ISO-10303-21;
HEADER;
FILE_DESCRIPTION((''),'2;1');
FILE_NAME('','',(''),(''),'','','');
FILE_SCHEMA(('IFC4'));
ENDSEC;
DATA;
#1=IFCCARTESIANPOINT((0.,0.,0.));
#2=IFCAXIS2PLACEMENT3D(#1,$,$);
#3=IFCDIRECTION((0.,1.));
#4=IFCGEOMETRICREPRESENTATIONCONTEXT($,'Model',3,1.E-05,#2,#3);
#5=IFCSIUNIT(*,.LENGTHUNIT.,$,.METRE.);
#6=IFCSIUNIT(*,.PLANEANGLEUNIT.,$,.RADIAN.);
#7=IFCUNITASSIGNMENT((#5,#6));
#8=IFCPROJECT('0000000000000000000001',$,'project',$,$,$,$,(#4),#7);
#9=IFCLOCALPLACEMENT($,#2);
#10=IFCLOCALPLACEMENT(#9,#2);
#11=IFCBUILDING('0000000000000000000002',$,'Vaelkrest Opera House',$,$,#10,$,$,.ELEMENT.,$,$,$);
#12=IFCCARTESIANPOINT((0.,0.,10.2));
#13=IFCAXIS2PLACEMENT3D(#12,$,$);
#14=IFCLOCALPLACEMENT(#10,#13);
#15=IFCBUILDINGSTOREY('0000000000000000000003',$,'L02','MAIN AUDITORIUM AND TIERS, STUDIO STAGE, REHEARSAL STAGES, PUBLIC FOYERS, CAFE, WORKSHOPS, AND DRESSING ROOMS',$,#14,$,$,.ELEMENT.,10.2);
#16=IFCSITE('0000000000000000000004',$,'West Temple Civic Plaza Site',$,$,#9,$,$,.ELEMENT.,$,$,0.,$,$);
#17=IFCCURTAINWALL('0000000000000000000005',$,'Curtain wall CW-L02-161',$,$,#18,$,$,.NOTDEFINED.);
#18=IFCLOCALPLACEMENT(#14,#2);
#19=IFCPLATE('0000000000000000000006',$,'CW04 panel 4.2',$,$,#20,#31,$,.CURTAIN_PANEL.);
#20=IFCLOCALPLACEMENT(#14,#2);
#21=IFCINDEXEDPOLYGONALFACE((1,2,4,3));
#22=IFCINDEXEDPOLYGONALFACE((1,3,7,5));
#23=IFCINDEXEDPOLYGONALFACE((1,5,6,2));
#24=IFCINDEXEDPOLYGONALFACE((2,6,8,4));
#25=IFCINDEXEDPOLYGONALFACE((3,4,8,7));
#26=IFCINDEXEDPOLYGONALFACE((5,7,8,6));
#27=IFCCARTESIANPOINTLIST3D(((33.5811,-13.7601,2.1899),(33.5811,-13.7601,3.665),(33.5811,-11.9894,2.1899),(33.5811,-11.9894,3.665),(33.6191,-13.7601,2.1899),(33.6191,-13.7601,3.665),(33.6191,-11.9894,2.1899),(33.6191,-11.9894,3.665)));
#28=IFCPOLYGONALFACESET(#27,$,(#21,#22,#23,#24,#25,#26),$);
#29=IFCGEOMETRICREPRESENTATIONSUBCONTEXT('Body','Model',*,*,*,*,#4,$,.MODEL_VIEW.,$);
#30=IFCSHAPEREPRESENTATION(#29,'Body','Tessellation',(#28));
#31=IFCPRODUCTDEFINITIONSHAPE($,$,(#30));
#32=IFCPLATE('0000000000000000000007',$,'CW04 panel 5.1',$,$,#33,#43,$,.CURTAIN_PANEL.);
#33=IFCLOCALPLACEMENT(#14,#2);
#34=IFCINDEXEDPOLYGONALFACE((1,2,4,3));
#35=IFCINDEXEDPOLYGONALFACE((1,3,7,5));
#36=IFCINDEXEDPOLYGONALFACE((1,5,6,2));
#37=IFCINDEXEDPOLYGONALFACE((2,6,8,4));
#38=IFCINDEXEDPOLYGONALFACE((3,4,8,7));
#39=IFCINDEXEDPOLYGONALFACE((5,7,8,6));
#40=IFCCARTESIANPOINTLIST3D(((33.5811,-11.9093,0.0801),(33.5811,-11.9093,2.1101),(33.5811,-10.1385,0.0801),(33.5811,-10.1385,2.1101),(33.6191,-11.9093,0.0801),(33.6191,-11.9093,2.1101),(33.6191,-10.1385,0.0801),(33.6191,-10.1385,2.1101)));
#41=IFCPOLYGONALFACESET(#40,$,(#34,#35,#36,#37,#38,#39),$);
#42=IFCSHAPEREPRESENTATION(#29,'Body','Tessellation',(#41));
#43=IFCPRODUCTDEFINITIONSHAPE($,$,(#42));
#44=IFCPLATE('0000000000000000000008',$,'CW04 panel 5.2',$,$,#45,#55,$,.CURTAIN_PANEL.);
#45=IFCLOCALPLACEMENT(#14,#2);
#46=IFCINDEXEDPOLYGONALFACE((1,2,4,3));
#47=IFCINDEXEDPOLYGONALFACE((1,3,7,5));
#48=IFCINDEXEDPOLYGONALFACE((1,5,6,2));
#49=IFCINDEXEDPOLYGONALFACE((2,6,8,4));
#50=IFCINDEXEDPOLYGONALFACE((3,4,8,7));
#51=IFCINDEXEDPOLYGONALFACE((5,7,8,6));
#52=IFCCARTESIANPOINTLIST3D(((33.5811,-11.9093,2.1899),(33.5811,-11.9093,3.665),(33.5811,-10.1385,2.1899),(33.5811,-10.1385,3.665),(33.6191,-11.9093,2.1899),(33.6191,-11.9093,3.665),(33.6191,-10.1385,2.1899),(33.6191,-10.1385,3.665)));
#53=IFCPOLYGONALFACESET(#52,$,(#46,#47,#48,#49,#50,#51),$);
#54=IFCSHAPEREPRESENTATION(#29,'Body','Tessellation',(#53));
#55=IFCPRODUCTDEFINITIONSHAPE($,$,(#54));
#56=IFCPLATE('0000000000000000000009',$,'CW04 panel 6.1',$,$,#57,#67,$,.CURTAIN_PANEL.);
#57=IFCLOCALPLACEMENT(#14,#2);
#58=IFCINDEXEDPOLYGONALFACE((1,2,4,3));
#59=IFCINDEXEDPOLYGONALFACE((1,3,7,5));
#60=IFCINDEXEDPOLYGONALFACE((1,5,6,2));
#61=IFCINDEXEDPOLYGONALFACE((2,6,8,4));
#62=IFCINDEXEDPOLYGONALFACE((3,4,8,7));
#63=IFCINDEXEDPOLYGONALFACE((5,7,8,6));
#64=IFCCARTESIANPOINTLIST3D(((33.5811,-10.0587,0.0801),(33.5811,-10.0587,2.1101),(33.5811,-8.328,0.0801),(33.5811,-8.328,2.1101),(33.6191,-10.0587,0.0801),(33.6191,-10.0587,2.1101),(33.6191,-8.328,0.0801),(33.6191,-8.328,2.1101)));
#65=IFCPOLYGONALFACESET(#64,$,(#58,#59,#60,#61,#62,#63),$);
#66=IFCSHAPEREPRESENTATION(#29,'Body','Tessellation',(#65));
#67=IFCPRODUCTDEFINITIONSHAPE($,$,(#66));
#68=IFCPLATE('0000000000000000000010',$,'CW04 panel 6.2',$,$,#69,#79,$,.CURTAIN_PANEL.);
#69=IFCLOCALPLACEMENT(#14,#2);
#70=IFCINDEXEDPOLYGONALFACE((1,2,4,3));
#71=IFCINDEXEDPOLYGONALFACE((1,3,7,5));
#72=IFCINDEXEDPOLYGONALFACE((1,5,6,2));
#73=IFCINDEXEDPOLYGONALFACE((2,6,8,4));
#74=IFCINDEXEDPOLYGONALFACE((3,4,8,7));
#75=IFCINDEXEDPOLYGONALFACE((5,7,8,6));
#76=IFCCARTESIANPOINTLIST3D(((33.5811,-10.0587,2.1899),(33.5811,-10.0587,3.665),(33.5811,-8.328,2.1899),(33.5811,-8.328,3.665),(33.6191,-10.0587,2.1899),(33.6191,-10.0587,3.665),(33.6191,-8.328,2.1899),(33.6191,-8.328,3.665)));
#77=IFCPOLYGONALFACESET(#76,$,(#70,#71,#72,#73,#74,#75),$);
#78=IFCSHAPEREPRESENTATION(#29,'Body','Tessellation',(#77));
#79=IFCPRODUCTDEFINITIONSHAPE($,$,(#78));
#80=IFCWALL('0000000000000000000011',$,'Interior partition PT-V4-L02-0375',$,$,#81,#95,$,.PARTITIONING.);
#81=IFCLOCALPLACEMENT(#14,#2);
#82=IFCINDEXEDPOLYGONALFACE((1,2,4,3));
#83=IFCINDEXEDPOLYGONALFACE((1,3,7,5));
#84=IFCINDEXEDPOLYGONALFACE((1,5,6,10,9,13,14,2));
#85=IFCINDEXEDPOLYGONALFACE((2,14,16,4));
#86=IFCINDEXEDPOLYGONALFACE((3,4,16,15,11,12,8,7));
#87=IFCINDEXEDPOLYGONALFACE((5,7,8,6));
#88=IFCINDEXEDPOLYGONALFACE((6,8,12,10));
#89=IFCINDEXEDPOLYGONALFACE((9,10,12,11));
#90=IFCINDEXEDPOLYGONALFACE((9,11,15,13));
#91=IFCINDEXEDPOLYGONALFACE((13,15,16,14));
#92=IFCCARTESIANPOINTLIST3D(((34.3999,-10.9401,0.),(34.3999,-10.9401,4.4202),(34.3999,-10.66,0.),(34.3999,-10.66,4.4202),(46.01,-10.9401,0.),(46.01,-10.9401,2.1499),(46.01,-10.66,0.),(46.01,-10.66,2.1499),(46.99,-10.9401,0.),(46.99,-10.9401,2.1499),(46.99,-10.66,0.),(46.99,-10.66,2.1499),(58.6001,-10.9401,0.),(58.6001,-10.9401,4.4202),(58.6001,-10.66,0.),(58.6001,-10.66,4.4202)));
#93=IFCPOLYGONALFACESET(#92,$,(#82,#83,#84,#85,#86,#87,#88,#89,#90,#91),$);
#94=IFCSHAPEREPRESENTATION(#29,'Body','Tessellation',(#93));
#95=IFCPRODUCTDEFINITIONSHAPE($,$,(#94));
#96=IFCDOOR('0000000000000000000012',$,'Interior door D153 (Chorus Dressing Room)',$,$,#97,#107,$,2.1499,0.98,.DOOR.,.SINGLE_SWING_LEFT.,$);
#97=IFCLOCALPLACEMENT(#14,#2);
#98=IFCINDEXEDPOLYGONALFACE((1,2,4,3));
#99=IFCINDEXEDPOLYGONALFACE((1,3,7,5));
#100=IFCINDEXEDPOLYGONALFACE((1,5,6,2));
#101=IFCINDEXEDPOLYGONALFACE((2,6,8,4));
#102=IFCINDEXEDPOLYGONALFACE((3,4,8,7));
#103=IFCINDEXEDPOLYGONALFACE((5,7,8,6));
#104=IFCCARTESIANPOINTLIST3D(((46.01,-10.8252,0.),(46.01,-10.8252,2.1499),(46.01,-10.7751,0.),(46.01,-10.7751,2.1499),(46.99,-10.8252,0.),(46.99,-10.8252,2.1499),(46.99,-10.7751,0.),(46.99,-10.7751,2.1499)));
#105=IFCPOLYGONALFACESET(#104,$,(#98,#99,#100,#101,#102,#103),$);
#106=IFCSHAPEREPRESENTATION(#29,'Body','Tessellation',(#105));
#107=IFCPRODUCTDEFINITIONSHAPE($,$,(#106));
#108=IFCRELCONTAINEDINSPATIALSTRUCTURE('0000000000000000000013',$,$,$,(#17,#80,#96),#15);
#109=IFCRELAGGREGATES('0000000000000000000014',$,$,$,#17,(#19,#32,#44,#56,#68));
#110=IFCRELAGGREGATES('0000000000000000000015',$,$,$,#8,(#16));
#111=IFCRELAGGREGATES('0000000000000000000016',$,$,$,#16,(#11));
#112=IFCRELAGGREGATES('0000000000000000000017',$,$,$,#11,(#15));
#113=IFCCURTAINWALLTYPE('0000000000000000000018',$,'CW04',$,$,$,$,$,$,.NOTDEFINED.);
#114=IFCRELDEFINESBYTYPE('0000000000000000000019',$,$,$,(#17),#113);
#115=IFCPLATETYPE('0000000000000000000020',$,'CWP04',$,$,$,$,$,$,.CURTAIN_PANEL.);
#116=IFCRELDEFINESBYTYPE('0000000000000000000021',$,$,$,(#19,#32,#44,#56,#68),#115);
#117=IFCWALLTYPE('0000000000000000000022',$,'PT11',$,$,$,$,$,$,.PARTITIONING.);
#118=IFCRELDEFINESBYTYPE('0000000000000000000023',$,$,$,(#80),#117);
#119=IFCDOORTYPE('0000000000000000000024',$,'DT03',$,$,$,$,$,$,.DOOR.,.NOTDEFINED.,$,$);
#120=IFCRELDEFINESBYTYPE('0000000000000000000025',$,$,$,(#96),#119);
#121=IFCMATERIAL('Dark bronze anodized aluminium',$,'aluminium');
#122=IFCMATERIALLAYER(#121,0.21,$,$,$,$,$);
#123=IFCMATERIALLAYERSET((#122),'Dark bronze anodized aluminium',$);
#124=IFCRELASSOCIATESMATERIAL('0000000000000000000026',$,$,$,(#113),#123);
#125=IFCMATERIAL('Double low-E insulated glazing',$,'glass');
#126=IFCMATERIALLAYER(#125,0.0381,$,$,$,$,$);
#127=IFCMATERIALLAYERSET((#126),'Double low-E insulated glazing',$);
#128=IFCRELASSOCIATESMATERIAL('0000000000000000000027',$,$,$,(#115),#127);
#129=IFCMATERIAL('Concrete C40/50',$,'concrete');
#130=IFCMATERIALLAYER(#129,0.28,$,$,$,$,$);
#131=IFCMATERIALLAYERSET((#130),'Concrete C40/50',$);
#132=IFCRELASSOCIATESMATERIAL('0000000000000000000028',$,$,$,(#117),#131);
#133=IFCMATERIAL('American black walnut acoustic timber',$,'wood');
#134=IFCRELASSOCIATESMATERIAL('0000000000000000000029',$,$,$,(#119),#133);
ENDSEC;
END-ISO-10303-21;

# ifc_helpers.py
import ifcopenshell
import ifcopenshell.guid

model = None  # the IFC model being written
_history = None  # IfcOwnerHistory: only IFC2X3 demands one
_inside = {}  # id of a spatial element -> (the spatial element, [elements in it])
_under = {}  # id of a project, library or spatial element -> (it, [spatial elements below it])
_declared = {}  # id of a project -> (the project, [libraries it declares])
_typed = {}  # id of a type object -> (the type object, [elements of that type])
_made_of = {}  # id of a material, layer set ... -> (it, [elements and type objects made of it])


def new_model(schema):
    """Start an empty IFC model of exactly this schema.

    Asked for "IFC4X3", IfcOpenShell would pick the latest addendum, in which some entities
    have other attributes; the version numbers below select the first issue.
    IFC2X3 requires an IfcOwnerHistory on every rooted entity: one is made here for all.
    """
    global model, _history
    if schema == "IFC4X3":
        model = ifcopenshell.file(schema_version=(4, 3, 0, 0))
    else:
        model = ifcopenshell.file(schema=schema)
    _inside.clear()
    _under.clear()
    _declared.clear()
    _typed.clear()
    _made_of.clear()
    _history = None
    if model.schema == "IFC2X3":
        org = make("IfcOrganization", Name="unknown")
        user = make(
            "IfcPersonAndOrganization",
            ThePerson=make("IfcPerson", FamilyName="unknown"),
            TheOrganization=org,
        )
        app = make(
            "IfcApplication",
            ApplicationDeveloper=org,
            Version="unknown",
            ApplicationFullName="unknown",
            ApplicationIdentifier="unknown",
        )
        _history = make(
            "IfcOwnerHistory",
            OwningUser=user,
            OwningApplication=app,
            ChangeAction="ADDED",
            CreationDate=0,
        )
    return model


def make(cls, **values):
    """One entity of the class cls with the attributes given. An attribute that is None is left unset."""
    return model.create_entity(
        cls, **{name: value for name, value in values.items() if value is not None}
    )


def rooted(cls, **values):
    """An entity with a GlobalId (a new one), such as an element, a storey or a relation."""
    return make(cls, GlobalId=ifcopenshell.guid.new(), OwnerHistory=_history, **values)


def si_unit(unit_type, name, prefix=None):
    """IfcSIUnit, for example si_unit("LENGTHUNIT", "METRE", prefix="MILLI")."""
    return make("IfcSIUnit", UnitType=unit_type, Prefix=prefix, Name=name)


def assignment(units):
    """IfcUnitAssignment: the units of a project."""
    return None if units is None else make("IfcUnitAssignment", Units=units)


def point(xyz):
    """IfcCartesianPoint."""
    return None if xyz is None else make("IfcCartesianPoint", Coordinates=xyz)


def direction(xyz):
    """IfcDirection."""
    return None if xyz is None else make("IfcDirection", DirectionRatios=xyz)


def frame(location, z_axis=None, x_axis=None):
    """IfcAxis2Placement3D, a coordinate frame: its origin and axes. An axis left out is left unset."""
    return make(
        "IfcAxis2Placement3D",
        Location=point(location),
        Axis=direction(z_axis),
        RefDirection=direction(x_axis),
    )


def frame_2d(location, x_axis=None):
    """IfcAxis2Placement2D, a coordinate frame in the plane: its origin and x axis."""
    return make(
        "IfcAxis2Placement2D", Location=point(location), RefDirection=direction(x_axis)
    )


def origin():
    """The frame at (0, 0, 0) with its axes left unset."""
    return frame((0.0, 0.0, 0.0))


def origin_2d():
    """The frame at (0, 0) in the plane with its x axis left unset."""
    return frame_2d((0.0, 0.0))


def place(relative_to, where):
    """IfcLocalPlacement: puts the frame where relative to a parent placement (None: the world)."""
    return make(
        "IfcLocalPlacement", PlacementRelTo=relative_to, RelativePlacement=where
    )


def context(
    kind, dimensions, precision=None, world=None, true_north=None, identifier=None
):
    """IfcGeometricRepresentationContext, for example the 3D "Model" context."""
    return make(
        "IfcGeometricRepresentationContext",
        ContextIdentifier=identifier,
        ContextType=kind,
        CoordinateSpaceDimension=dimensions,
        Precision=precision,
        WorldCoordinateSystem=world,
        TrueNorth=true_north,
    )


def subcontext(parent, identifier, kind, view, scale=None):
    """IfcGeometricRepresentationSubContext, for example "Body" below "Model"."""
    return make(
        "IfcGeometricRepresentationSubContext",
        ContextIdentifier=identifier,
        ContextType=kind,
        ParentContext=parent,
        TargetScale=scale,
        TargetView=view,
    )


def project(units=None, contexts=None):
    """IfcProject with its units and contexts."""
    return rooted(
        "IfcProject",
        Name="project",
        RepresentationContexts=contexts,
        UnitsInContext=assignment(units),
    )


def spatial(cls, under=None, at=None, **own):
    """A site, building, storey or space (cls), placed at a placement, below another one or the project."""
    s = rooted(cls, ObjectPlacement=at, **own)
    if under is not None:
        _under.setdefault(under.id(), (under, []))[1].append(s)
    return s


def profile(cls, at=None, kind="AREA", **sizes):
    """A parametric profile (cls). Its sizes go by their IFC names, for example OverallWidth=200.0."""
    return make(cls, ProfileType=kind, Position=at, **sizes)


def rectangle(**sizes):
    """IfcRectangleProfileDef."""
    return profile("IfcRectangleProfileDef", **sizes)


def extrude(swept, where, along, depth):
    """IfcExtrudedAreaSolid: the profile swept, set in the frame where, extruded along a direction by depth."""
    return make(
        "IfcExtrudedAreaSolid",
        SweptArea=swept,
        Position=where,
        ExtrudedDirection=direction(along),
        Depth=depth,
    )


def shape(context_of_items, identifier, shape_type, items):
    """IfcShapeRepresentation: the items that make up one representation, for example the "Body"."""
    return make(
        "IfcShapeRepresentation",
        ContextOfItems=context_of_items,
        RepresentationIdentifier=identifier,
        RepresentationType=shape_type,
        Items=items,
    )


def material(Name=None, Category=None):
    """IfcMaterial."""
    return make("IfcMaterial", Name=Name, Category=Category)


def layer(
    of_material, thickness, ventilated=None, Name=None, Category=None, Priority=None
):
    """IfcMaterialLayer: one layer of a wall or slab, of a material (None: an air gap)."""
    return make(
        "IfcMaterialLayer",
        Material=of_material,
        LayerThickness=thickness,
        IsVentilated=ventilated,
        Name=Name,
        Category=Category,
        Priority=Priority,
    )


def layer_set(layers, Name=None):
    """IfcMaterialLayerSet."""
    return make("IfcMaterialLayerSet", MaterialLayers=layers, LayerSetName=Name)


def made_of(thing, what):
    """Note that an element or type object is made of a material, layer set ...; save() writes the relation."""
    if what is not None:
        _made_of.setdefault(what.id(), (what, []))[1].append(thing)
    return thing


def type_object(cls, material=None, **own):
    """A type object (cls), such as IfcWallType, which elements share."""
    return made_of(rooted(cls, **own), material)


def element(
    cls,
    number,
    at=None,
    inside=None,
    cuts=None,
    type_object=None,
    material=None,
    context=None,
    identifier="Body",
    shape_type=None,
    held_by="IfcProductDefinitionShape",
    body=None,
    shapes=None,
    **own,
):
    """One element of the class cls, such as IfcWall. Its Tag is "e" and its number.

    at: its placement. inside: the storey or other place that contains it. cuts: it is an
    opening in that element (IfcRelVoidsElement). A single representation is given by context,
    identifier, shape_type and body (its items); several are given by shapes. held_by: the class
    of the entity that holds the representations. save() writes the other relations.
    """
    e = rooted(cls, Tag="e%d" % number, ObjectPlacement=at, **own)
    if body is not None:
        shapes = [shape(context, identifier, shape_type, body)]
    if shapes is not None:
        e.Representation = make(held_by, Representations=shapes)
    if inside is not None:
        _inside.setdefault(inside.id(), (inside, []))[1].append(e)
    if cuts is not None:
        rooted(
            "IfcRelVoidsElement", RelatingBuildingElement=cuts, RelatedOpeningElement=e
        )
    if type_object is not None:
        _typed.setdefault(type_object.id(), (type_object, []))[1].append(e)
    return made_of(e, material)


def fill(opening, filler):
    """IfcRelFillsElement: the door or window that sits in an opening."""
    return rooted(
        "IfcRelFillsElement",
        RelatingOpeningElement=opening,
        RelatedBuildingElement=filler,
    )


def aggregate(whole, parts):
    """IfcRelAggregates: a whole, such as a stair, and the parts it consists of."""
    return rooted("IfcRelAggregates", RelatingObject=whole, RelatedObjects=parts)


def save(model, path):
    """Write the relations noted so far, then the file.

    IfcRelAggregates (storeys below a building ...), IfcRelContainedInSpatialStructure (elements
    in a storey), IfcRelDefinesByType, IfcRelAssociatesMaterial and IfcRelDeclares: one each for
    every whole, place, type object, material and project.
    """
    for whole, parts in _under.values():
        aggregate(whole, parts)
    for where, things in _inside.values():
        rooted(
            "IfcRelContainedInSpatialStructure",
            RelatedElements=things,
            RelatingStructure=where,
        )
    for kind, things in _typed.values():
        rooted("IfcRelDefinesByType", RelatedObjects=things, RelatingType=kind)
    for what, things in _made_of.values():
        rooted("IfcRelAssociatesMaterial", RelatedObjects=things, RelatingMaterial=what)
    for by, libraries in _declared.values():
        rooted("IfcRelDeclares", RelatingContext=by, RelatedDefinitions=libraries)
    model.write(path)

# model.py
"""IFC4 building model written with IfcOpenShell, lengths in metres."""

from ifc_helpers import new_model, si_unit, direction, frame, frame_2d, origin, origin_2d, place, context, subcontext, project, spatial, rectangle, extrude, material, layer, layer_set, type_object, element, fill, aggregate, save


model = new_model("IFC4")

# Units and contexts
model_context = context("Model", 3, precision=1e-05, world=origin(), true_north=direction((0.0, 1.0)))
body_context = subcontext(model_context, "Body", "Model", "MODEL_VIEW")
ifc_project = project(units=[si_unit("LENGTHUNIT", "METRE"), si_unit("PLANEANGLEUNIT", "RADIAN")], contexts=[model_context])

# Site, building, storey
site_placement = place(None, origin())
site = spatial("IfcSite", under=ifc_project, at=site_placement, Name="West Temple Civic Plaza Site", CompositionType="ELEMENT", RefElevation=0.0)
building_placement = place(site_placement, origin())
building = spatial("IfcBuilding", under=site, at=building_placement, Name="Vaelkrest Opera House", CompositionType="ELEMENT")
storey_placement = place(building_placement, frame((0.0, 0.0, 10.2)))
storey = spatial("IfcBuildingStorey", under=building, at=storey_placement, Name="L02", Description="MAIN AUDITORIUM AND TIERS, STUDIO STAGE, REHEARSAL STAGES, PUBLIC FOYERS, CAFE, WORKSHOPS, AND DRESSING ROOMS", CompositionType="ELEMENT", Elevation=10.2)

# Curtain wall
ifc_material_1 = material(Name="Dark bronze anodized aluminium", Category="aluminium")
ifc_layer_1 = layer(ifc_material_1, 0.21)
ifc_layer_set_1 = layer_set([ifc_layer_1], Name="Dark bronze anodized aluminium")
curtain_wall_type = type_object("IfcCurtainWallType", Name="CW04", PredefinedType="NOTDEFINED", material=ifc_layer_set_1)
curtain_wall_placement = place(storey_placement, origin())
curtain_wall = element("IfcCurtainWall", 1, at=curtain_wall_placement, inside=storey, type_object=curtain_wall_type, Name="Curtain wall CW-L02-161", PredefinedType="NOTDEFINED")

# Plates
ifc_material_2 = material(Name="Double low-E insulated glazing", Category="glass")
ifc_layer_2 = layer(ifc_material_2, 0.0381)
ifc_layer_set_2 = layer_set([ifc_layer_2], Name="Double low-E insulated glazing")
plate_type = type_object("IfcPlateType", Name="CWP04", PredefinedType="CURTAIN_PANEL", material=ifc_layer_set_2)
plate_1_placement = place(storey_placement, frame((33.6001, -12.8748, 2.1899), z_axis=(0.0, 0.0, 1.0), x_axis=(0.0, 1.0, 0.0)))
plate_1 = element("IfcPlate", 2, at=plate_1_placement, type_object=plate_type, Name="CW04 panel 4.2", PredefinedType="CURTAIN_PANEL", context=body_context, shape_type="SweptSolid", body=[
    extrude(rectangle(XDim=1.7708, YDim=0.0381, at=origin_2d()), origin(), (0.0, 0.0, 1.0), 1.4751),
])
plate_2_placement = place(storey_placement, frame((33.6001, -11.0239, 0.0801), z_axis=(0.0, 0.0, 1.0), x_axis=(0.0, 1.0, 0.0)))
plate_2 = element("IfcPlate", 3, at=plate_2_placement, type_object=plate_type, Name="CW04 panel 5.1", PredefinedType="CURTAIN_PANEL", context=body_context, shape_type="SweptSolid", body=[
    extrude(rectangle(XDim=1.7708, YDim=0.0381, at=origin_2d()), origin(), (0.0, 0.0, 1.0), 2.03),
])
plate_3_placement = place(storey_placement, frame((33.6001, -11.0239, 2.1899), z_axis=(0.0, 0.0, 1.0), x_axis=(0.0, 1.0, 0.0)))
plate_3 = element("IfcPlate", 4, at=plate_3_placement, type_object=plate_type, Name="CW04 panel 5.2", PredefinedType="CURTAIN_PANEL", context=body_context, shape_type="SweptSolid", body=[
    extrude(rectangle(XDim=1.7708, YDim=0.0381, at=origin_2d()), origin(), (0.0, 0.0, 1.0), 1.4751),
])
plate_4_placement = place(storey_placement, frame((33.6001, -9.1934, 0.0801), z_axis=(0.0, 0.0, 1.0), x_axis=(0.0, 1.0, 0.0)))
plate_4 = element("IfcPlate", 5, at=plate_4_placement, type_object=plate_type, Name="CW04 panel 6.1", PredefinedType="CURTAIN_PANEL", context=body_context, shape_type="SweptSolid", body=[
    extrude(rectangle(XDim=1.7307, YDim=0.0381, at=origin_2d()), origin(), (0.0, 0.0, 1.0), 2.03),
])
plate_5_placement = place(storey_placement, frame((33.6001, -9.1934, 2.1899), z_axis=(0.0, 0.0, 1.0), x_axis=(0.0, 1.0, 0.0)))
plate_5 = element("IfcPlate", 6, at=plate_5_placement, type_object=plate_type, Name="CW04 panel 6.2", PredefinedType="CURTAIN_PANEL", context=body_context, shape_type="SweptSolid", body=[
    extrude(rectangle(XDim=1.7307, YDim=0.0381, at=origin_2d()), origin(), (0.0, 0.0, 1.0), 1.4751),
])
aggregate(curtain_wall, [plate_1, plate_2, plate_3, plate_4, plate_5])

# Wall, opening, door
ifc_material_3 = material(Name="Concrete C40/50", Category="concrete")
ifc_layer_3 = layer(ifc_material_3, 0.28)
ifc_layer_set_3 = layer_set([ifc_layer_3], Name="Concrete C40/50")
wall_type = type_object("IfcWallType", Name="PT11", PredefinedType="PARTITIONING", material=ifc_layer_set_3)
wall_placement = place(storey_placement, frame((34.3999, -10.8, 0.0), z_axis=(0.0, 0.0, 1.0), x_axis=(1.0, 0.0, 0.0)))
wall = element("IfcWall", 7, at=wall_placement, inside=storey, type_object=wall_type, Name="Interior partition PT-V4-L02-0375", PredefinedType="PARTITIONING", context=body_context, shape_type="SweptSolid", body=[
    extrude(rectangle(XDim=24.2002, YDim=0.28, at=frame_2d((12.1001, 0.0))), origin(), (0.0, 0.0, 1.0), 4.4202),
])
opening_placement = place(wall_placement, frame((11.6101, 0.0, 0.0)))
opening = element("IfcOpeningElement", 8, at=opening_placement, cuts=wall, PredefinedType="OPENING", context=body_context, shape_type="SweptSolid", body=[
    extrude(rectangle(XDim=0.98, YDim=2.1499, at=frame_2d((0.49, 1.075))), frame((0.0, 0.1499, 0.0), z_axis=(0.0, -1.0, 0.0), x_axis=(1.0, 0.0, 0.0)), (0.0, 0.0, 1.0), 0.3),
])
ifc_material_4 = material(Name="American black walnut acoustic timber", Category="wood")
door_type = type_object("IfcDoorType", Name="DT03", OperationType="NOTDEFINED", PredefinedType="DOOR", material=ifc_material_4)
door_placement = place(opening_placement, origin())
door = element("IfcDoor", 9, at=door_placement, inside=storey, type_object=door_type, Name="Interior door D153 (Chorus Dressing Room)", OperationType="SINGLE_SWING_LEFT", OverallHeight=2.1499, OverallWidth=0.98, PredefinedType="DOOR", context=body_context, shape_type="SweptSolid", body=[
    extrude(rectangle(XDim=0.98, YDim=2.1499, at=frame_2d((0.49, 1.075))), frame((0.0, 0.0249, 0.0), z_axis=(0.0, -1.0, 0.0), x_axis=(1.0, 0.0, 0.0)), (0.0, 0.0, 1.0), 0.05),
])
fill(opening, door)

save(model, "model.ifc")
